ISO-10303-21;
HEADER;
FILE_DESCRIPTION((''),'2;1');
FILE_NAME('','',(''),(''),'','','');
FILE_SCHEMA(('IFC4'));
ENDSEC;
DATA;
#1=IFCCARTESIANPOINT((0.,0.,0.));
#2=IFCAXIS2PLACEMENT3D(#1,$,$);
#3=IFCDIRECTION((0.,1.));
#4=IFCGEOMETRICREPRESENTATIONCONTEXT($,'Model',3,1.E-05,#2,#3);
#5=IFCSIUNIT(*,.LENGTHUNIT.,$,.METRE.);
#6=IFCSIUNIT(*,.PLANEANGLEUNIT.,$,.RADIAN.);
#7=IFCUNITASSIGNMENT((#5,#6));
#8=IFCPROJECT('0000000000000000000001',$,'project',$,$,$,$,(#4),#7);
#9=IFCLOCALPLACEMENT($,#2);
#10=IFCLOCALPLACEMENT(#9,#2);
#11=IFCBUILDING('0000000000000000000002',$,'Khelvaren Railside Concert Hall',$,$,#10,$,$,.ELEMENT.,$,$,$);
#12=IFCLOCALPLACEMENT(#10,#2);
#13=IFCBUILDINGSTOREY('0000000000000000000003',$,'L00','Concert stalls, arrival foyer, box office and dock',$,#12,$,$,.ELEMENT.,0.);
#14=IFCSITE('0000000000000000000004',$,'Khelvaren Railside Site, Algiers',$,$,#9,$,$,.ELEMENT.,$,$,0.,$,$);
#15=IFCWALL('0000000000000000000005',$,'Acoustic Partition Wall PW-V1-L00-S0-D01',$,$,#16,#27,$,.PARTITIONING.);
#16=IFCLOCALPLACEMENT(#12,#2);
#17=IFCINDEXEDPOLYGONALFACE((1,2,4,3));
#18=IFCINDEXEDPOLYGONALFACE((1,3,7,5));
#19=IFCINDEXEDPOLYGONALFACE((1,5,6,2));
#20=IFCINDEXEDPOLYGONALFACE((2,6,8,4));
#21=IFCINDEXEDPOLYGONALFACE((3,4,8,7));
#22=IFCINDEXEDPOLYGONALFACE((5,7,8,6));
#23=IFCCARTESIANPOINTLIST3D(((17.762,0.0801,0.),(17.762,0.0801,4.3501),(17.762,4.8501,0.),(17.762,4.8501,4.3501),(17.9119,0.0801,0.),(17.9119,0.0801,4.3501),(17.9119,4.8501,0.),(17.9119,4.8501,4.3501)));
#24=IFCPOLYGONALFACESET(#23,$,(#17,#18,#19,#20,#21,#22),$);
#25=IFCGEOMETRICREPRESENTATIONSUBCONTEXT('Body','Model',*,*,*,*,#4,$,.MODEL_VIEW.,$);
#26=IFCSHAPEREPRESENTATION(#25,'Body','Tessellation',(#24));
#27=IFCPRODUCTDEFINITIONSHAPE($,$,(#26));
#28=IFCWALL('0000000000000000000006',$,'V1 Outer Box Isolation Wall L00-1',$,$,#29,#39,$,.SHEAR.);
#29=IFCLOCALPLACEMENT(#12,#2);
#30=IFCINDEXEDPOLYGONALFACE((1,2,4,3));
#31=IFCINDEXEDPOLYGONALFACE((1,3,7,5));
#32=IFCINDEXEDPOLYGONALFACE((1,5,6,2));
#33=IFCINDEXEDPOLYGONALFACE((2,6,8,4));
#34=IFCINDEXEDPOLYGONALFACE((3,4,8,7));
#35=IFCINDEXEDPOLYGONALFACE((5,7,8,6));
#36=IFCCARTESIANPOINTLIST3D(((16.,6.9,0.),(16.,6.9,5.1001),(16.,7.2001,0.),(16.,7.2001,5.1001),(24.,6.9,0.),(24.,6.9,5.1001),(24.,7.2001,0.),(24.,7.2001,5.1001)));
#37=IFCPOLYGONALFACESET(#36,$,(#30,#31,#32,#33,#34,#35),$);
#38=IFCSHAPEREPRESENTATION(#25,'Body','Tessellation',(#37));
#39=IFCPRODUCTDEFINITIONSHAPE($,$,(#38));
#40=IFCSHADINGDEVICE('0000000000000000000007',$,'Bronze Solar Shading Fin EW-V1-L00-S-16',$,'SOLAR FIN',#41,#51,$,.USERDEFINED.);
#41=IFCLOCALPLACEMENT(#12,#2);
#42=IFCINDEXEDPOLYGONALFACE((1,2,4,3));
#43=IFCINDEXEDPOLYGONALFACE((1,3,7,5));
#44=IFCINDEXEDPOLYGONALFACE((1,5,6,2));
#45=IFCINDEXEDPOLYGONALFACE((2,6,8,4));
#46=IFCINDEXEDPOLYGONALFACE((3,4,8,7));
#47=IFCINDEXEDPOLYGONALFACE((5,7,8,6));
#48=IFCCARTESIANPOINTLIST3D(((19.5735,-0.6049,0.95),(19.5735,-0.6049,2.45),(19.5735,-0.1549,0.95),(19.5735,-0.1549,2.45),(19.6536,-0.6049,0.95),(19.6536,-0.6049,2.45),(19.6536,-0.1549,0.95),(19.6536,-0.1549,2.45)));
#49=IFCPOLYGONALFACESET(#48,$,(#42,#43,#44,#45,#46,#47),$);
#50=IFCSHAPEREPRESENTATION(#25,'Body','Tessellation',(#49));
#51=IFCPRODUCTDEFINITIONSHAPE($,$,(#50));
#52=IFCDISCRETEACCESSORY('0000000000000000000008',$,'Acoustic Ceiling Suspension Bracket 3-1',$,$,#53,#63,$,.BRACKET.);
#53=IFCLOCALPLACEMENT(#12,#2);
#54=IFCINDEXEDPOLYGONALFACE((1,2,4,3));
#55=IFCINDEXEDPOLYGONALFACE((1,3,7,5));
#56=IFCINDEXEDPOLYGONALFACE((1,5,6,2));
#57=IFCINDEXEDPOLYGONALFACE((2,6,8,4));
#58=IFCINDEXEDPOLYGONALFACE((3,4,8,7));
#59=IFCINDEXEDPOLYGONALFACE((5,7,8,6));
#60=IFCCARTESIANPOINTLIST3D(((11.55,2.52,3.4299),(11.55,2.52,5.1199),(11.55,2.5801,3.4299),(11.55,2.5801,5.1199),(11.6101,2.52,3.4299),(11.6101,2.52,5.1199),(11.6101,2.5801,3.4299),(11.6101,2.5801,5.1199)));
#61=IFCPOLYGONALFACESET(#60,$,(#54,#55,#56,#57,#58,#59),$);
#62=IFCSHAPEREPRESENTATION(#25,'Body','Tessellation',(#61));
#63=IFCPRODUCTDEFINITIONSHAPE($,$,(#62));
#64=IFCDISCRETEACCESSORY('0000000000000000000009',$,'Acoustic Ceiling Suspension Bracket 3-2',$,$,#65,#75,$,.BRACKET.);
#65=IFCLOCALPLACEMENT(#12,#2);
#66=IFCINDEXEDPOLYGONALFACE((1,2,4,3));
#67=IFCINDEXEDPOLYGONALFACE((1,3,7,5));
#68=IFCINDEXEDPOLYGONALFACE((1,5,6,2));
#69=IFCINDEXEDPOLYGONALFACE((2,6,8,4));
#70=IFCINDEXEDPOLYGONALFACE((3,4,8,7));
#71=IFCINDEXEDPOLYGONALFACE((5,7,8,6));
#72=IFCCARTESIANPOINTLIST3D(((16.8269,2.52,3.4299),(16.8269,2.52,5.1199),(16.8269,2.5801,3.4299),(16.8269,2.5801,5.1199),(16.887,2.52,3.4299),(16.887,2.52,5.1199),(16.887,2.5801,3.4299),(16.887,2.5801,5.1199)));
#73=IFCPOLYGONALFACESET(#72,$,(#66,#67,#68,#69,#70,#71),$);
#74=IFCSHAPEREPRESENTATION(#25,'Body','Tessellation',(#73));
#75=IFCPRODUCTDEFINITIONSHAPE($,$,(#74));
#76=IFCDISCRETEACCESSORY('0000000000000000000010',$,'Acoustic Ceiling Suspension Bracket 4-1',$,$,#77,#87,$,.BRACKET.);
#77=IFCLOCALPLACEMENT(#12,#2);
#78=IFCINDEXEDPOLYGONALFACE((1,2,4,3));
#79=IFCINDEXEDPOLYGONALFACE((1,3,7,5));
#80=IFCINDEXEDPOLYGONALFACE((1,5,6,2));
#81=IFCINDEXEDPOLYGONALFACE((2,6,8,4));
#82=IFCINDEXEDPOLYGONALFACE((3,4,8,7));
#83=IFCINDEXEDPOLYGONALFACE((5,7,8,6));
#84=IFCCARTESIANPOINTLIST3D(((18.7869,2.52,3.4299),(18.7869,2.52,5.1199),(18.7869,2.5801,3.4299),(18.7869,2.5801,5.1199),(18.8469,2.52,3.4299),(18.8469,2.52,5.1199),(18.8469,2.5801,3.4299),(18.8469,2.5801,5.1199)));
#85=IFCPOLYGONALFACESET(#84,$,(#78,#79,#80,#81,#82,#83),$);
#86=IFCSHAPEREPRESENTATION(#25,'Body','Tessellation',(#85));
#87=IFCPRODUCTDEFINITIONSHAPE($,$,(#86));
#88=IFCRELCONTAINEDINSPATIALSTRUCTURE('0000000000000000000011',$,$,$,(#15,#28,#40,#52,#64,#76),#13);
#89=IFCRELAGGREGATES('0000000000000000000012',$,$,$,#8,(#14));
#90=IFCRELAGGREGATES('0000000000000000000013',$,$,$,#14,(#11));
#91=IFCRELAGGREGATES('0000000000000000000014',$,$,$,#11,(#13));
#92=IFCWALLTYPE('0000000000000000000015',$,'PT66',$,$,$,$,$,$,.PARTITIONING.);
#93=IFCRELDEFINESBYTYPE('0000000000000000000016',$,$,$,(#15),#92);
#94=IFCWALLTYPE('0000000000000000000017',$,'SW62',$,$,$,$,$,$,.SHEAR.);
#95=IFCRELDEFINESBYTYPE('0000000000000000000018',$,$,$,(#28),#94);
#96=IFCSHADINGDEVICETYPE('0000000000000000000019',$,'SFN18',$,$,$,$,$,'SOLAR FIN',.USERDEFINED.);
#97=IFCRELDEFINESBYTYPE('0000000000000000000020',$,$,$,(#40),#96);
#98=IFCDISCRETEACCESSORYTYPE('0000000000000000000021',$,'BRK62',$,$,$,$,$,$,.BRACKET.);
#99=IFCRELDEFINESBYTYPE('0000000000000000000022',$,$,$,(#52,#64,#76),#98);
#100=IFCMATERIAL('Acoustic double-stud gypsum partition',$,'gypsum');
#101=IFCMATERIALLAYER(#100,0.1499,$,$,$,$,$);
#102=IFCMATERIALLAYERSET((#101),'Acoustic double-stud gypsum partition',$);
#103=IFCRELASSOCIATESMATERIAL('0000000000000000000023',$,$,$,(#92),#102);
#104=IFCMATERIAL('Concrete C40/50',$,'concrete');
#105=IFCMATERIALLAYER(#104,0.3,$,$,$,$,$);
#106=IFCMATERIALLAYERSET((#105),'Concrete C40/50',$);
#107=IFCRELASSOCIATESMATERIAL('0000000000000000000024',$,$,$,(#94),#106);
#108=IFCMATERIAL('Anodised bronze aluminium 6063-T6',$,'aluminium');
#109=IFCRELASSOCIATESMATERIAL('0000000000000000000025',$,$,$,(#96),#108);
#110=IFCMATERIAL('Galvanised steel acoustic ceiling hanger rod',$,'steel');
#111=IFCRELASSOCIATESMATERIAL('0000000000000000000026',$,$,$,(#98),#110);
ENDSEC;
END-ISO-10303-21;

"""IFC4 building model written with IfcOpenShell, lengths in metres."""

from ifc_helpers import new_model, si_unit, direction, frame, frame_2d, origin, origin_2d, place, context, subcontext, project, spatial, rectangle, extrude, material, layer, layer_set, type_object, element, save


model = new_model("IFC4")

# Units and contexts
model_context = context("Model", 3, precision=1e-05, world=origin(), true_north=direction((0.0, 1.0)))
body_context = subcontext(model_context, "Body", "Model", "MODEL_VIEW")
ifc_project = project(units=[si_unit("LENGTHUNIT", "METRE"), si_unit("PLANEANGLEUNIT", "RADIAN")], contexts=[model_context])

# Site, building, storey
site_placement = place(None, origin())
site = spatial("IfcSite", under=ifc_project, at=site_placement, Name="Khelvaren Railside Site, Algiers", CompositionType="ELEMENT", RefElevation=0.0)
building_placement = place(site_placement, origin())
building = spatial("IfcBuilding", under=site, at=building_placement, Name="Khelvaren Railside Concert Hall", CompositionType="ELEMENT")
storey_placement = place(building_placement, origin())
storey = spatial("IfcBuildingStorey", under=building, at=storey_placement, Name="L00", Description="Concert stalls, arrival foyer, box office and dock", CompositionType="ELEMENT", Elevation=0.0)

# Shared definitions
ifc_material_1 = material(Name="Concrete C40/50", Category="concrete")

# Shared definitions
ifc_material_2 = material(Name="Acoustic double-stud gypsum partition", Category="gypsum")

# Walls
ifc_layer_1 = layer(ifc_material_2, 0.1499)
ifc_layer_set_1 = layer_set([ifc_layer_1], Name="Acoustic double-stud gypsum partition")
wall_type_1 = type_object("IfcWallType", Name="PT66", PredefinedType="PARTITIONING", material=ifc_layer_set_1)
wall_1_placement = place(storey_placement, frame((17.8369, 0.0801, 0.0), z_axis=(0.0, 0.0, 1.0), x_axis=(0.0, 1.0, 0.0)))
element("IfcWall", 1, at=wall_1_placement, inside=storey, type_object=wall_type_1, Name="Acoustic Partition Wall PW-V1-L00-S0-D01", PredefinedType="PARTITIONING", context=body_context, shape_type="SweptSolid", body=[
    extrude(rectangle(XDim=4.77, YDim=0.1499, at=frame_2d((2.385, 0.0))), origin(), (0.0, 0.0, 1.0), 4.3501),
])
ifc_layer_2 = layer(ifc_material_1, 0.3)
ifc_layer_set_2 = layer_set([ifc_layer_2], Name="Concrete C40/50")
wall_type_2 = type_object("IfcWallType", Name="SW62", PredefinedType="SHEAR", material=ifc_layer_set_2)
wall_2_placement = place(storey_placement, frame((16.0, 7.05, 0.0), z_axis=(0.0, 0.0, 1.0), x_axis=(1.0, 0.0, 0.0)))
element("IfcWall", 2, at=wall_2_placement, inside=storey, type_object=wall_type_2, Name="V1 Outer Box Isolation Wall L00-1", PredefinedType="SHEAR", context=body_context, shape_type="SweptSolid", body=[
    extrude(rectangle(XDim=8.0, YDim=0.3, at=frame_2d((4.0, 0.0))), origin(), (0.0, 0.0, 1.0), 5.1001),
])

# Shading device
ifc_material_3 = material(Name="Anodised bronze aluminium 6063-T6", Category="aluminium")
shading_device_type = type_object("IfcShadingDeviceType", Name="SFN18", ElementType="SOLAR FIN", PredefinedType="USERDEFINED", material=ifc_material_3)
shading_device_placement = place(storey_placement, frame((19.6135, -0.3799, 0.95), z_axis=(0.0, 0.0, 1.0), x_axis=(-1.0, 0.0, 0.0)))
element("IfcShadingDevice", 3, at=shading_device_placement, inside=storey, type_object=shading_device_type, Name="Bronze Solar Shading Fin EW-V1-L00-S-16", ObjectType="SOLAR FIN", PredefinedType="USERDEFINED", context=body_context, shape_type="SweptSolid", body=[
    extrude(rectangle(XDim=0.0801, YDim=0.45, at=origin_2d()), origin(), (0.0, 0.0, 1.0), 1.5),
])

# Discrete accessories
ifc_material_4 = material(Name="Galvanised steel acoustic ceiling hanger rod", Category="steel")
discrete_accessory_type = type_object("IfcDiscreteAccessoryType", Name="BRK62", PredefinedType="BRACKET", material=ifc_material_4)
for number, where, z_axis, x_axis, name in (
    (4, (11.5801, 2.55, 3.4299), (0.0, 0.0, 1.0), (1.0, 0.0, 0.0), "Acoustic Ceiling Suspension Bracket 3-1"),
    (5, (16.8569, 2.55, 3.4299), (0.0, 0.0, 1.0), (1.0, 0.0, 0.0), "Acoustic Ceiling Suspension Bracket 3-2"),
    (6, (18.8169, 2.55, 3.4299), (0.0, 0.0, 1.0), (1.0, 0.0, 0.0), "Acoustic Ceiling Suspension Bracket 4-1"),
):
    element("IfcDiscreteAccessory", number, at=place(storey_placement, frame(where, z_axis=z_axis, x_axis=x_axis)), inside=storey, type_object=discrete_accessory_type, Name=name, PredefinedType="BRACKET", context=body_context, shape_type="SweptSolid", body=[
        extrude(rectangle(XDim=0.0601, YDim=0.0601, at=origin_2d()), origin(), (0.0, 0.0, 1.0), 1.6899),
    ])

save(model, "model.ifc")
